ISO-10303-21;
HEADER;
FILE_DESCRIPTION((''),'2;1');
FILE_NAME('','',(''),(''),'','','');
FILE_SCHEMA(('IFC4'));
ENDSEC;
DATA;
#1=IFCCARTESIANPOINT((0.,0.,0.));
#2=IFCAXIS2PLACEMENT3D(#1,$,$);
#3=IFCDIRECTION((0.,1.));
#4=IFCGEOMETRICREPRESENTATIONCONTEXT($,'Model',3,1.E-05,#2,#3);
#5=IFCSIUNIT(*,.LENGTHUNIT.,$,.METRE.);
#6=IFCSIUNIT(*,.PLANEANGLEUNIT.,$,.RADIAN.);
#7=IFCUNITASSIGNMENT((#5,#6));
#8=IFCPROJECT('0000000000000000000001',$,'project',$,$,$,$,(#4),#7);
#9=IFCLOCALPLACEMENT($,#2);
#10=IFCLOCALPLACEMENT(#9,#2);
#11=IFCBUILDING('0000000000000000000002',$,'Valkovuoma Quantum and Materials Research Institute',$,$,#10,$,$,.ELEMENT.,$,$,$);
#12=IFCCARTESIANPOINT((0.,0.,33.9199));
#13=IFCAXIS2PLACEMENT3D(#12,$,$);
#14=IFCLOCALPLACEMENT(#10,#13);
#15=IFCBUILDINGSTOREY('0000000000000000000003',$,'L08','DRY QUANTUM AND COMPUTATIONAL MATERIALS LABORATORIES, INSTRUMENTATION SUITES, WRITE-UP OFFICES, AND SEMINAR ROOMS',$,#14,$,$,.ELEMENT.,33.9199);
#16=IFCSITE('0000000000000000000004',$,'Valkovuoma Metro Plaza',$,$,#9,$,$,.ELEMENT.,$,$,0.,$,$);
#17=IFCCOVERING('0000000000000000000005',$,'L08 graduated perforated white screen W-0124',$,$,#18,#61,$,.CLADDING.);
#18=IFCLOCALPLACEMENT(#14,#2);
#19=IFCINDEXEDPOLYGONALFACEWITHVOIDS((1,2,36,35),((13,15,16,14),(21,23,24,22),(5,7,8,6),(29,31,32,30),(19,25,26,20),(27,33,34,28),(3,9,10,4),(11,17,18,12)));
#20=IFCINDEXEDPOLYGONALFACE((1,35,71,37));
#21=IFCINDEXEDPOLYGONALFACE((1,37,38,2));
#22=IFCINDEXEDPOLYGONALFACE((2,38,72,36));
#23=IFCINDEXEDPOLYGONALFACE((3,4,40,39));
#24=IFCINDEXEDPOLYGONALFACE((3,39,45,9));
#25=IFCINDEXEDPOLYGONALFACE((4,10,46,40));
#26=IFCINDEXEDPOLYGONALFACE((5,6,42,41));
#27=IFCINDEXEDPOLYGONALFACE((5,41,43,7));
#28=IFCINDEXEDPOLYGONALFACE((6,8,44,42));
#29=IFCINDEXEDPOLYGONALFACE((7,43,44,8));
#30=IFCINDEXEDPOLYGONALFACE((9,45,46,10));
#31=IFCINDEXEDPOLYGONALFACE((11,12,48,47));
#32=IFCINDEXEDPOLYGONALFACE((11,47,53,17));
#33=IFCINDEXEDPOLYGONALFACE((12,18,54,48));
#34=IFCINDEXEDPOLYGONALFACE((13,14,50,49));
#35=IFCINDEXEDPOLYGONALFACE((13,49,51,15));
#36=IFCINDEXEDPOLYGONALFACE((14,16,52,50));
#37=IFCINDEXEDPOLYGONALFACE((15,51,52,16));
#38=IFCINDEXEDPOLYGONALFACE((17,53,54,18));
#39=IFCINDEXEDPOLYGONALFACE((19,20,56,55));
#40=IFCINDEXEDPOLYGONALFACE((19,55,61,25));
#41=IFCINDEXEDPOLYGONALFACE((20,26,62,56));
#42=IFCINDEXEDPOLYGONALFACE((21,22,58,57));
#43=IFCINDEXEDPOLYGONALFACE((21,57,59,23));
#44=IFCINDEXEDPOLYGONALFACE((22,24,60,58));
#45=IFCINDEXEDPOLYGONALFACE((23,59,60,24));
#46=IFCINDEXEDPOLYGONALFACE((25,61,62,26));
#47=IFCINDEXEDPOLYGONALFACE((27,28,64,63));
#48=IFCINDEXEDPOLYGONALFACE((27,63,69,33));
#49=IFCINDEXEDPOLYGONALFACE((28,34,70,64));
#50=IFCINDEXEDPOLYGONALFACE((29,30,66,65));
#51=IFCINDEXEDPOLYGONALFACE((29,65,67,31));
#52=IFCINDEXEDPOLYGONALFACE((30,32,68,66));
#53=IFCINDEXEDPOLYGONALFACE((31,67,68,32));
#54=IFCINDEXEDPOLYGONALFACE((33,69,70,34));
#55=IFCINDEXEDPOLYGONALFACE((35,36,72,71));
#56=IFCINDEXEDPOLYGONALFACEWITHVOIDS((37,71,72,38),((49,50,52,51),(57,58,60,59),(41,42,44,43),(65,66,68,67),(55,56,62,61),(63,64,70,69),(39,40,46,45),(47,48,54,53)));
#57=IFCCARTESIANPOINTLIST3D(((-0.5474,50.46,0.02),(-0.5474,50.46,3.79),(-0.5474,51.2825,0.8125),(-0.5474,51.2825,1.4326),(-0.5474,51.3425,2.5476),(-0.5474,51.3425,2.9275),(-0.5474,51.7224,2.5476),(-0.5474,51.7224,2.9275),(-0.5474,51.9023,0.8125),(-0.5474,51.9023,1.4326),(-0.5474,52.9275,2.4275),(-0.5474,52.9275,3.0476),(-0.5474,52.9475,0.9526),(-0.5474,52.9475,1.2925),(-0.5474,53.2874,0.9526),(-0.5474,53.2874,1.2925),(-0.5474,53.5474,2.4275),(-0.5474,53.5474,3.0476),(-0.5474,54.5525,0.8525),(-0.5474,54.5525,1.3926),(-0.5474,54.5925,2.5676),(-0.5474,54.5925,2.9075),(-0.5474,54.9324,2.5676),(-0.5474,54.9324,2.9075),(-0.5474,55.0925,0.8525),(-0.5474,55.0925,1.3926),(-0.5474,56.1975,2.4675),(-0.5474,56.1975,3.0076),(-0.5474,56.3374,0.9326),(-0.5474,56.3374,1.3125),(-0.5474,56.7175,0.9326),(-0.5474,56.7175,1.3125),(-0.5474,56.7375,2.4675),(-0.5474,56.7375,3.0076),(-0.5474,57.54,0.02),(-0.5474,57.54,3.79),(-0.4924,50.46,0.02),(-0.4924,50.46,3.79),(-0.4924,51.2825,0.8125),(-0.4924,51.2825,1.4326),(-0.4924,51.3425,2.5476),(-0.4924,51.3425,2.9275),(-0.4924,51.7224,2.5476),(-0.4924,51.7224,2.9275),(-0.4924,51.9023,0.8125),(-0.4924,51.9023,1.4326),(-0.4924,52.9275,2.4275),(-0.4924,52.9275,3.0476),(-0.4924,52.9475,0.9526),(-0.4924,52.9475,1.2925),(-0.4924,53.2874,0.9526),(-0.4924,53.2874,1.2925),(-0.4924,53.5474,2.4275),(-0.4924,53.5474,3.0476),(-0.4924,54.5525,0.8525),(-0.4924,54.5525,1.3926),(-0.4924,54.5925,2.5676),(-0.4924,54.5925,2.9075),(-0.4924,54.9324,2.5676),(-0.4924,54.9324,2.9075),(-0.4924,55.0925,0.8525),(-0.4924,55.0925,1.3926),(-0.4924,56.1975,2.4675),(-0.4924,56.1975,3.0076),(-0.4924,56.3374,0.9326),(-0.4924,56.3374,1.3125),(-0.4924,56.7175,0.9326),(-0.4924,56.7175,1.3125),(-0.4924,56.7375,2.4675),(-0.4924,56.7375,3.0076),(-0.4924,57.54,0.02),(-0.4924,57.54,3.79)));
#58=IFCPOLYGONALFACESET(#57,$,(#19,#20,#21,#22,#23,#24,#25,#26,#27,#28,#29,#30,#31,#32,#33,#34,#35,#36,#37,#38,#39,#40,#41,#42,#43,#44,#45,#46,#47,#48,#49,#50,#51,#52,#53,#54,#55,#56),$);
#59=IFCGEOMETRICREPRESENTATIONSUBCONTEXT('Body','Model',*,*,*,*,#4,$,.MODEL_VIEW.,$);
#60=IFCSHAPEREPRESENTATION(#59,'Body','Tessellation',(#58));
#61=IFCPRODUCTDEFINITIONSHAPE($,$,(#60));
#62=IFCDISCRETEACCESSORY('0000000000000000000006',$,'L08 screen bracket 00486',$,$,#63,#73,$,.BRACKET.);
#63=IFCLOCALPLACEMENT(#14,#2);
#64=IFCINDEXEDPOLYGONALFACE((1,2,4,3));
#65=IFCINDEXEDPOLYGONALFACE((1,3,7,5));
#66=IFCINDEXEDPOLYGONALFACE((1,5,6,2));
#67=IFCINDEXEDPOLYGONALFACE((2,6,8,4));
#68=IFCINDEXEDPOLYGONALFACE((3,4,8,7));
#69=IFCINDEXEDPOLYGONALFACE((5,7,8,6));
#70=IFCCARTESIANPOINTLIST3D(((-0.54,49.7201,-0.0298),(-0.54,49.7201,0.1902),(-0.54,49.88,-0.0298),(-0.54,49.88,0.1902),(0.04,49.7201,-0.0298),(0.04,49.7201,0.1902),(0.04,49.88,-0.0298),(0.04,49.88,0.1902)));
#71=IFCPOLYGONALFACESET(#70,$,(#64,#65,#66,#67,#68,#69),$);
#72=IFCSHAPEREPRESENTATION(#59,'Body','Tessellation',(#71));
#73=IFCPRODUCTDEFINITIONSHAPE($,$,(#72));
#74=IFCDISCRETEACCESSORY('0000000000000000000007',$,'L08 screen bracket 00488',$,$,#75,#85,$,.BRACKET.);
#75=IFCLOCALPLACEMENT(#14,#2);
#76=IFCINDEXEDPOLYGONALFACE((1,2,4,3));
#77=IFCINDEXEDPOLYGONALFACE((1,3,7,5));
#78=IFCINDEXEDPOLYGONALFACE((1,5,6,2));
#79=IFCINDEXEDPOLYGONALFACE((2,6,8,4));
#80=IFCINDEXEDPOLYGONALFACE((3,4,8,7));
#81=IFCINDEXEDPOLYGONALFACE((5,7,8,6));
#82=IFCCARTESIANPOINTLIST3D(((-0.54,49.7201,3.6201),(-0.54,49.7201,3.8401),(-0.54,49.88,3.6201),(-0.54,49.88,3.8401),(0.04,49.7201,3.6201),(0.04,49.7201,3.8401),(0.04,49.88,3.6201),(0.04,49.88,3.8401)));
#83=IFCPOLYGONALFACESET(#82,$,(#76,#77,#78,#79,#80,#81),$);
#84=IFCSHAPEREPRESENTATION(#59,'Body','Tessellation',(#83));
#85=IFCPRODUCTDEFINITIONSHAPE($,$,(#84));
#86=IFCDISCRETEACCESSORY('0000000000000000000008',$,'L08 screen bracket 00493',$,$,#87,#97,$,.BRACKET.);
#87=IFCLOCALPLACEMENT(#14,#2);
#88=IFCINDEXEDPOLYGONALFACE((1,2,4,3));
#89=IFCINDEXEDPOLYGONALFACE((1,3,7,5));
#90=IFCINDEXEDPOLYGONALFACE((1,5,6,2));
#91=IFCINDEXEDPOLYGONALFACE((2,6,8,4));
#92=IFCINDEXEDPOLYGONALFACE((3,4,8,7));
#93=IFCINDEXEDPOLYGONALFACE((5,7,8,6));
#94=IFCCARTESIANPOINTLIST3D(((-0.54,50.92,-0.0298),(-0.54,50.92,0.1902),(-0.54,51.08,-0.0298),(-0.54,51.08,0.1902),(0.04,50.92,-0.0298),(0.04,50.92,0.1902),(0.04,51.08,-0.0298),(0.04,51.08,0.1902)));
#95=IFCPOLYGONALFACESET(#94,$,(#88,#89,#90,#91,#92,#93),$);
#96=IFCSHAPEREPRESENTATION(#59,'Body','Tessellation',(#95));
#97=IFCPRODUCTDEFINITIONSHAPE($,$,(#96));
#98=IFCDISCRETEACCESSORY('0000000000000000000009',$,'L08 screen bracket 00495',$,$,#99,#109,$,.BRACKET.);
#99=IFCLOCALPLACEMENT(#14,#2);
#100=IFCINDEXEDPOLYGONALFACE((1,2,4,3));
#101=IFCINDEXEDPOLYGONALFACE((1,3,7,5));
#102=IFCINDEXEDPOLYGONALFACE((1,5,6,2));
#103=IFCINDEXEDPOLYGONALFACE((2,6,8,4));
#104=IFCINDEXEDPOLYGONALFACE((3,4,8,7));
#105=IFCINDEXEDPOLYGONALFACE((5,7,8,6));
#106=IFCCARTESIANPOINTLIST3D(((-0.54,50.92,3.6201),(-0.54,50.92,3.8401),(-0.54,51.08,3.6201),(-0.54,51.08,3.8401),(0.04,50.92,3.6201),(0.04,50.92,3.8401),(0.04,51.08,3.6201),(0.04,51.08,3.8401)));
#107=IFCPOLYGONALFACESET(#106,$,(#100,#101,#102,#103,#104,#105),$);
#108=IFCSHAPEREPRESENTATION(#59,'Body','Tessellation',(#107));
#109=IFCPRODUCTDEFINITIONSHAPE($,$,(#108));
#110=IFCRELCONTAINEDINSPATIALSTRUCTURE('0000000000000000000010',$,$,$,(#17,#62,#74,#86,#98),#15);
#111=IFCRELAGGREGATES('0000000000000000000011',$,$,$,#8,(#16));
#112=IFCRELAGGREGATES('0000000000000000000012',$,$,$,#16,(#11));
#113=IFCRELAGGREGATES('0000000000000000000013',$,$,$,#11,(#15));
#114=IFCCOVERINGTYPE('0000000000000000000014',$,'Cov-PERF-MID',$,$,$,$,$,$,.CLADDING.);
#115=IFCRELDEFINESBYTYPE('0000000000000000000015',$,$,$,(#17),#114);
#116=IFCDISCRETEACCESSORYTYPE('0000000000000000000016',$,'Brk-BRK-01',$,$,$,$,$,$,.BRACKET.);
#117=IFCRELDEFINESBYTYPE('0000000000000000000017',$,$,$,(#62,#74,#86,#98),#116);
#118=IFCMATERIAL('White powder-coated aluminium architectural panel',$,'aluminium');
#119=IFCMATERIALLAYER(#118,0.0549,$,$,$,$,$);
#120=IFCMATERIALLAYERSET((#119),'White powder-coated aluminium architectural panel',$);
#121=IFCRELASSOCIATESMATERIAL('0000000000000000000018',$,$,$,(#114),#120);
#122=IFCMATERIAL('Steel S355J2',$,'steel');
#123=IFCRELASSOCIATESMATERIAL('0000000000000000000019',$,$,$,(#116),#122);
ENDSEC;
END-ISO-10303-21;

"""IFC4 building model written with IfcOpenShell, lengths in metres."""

from ifc_helpers import new_model, si_unit, direction, frame, origin, origin_2d, place, context, subcontext, project, spatial, polyline, rectangle, outline, extrude, material, layer, layer_set, type_object, element, save


model = new_model("IFC4")

# Units and contexts
model_context = context("Model", 3, precision=1e-05, world=origin(), true_north=direction((0.0, 1.0)))
body_context = subcontext(model_context, "Body", "Model", "MODEL_VIEW")
ifc_project = project(units=[si_unit("LENGTHUNIT", "METRE"), si_unit("PLANEANGLEUNIT", "RADIAN")], contexts=[model_context])

# Site, building, storey
site_placement = place(None, origin())
site = spatial("IfcSite", under=ifc_project, at=site_placement, Name="Valkovuoma Metro Plaza", CompositionType="ELEMENT", RefElevation=0.0)
building_placement = place(site_placement, origin())
building = spatial("IfcBuilding", under=site, at=building_placement, Name="Valkovuoma Quantum and Materials Research Institute", CompositionType="ELEMENT")
storey_placement = place(building_placement, frame((0.0, 0.0, 33.9199)))
storey = spatial("IfcBuildingStorey", under=building, at=storey_placement, Name="L08", Description="DRY QUANTUM AND COMPUTATIONAL MATERIALS LABORATORIES, INSTRUMENTATION SUITES, WRITE-UP OFFICES, AND SEMINAR ROOMS", CompositionType="ELEMENT", Elevation=33.9199)

# Covering
ifc_material_1 = material(Name="White powder-coated aluminium architectural panel", Category="aluminium")
ifc_layer_1 = layer(ifc_material_1, 0.0549)
ifc_layer_set_1 = layer_set([ifc_layer_1], Name="White powder-coated aluminium architectural panel")
covering_type = type_object("IfcCoveringType", Name="Cov-PERF-MID", PredefinedType="CLADDING", material=ifc_layer_set_1)
covering_placement = place(storey_placement, frame((-0.52, 50.46, 0.02), z_axis=(0.0, 0.0, 1.0), x_axis=(0.0, 1.0, 0.0)))
element("IfcCovering", 1, at=covering_placement, inside=storey, type_object=covering_type, Name="L08 graduated perforated white screen W-0124", PredefinedType="CLADDING", context=body_context, shape_type="SweptSolid", body=[
    extrude(outline(polyline([(0.0, 0.0), (7.0801, 0.0), (7.0801, 3.77), (0.0, 3.77), (0.0, 0.0)]), holes=[polyline([(0.8225, 0.7925), (0.8225, 1.4126), (1.4424, 1.4126), (1.4424, 0.7925), (0.8225, 0.7925)]), polyline([(0.8826, 2.5276), (0.8826, 2.9075), (1.2625, 2.9075), (1.2625, 2.5276), (0.8826, 2.5276)]), polyline([(2.4875, 0.9326), (2.4875, 1.2725), (2.8274, 1.2725), (2.8274, 0.9326), (2.4875, 0.9326)]), polyline([(2.4675, 2.4075), (2.4675, 3.0276), (3.0874, 3.0276), (3.0874, 2.4075), (2.4675, 2.4075)]), polyline([(4.0925, 0.8325), (4.0925, 1.3726), (4.6326, 1.3726), (4.6326, 0.8325), (4.0925, 0.8325)]), polyline([(4.1326, 2.5476), (4.1326, 2.8875), (4.4724, 2.8875), (4.4724, 2.5476), (4.1326, 2.5476)]), polyline([(5.8774, 0.9126), (5.8774, 1.2925), (6.2576, 1.2925), (6.2576, 0.9126), (5.8774, 0.9126)]), polyline([(5.7375, 2.4475), (5.7375, 2.9875), (6.2776, 2.9875), (6.2776, 2.4475), (5.7375, 2.4475)])]), frame((0.0, 0.0273, 0.0), z_axis=(0.0, -1.0, 0.0), x_axis=(1.0, 0.0, 0.0)), (0.0, 0.0, 1.0), 0.0549),
])

# Discrete accessories
ifc_material_2 = material(Name="Steel S355J2", Category="steel")
discrete_accessory_type = type_object("IfcDiscreteAccessoryType", Name="Brk-BRK-01", PredefinedType="BRACKET", material=ifc_material_2)
for number, where, z_axis, x_axis, name in (
    (2, (-0.25, 49.8, -0.0298), (0.0, 0.0, 1.0), (1.0, 0.0, 0.0), "L08 screen bracket 00486"),
    (3, (-0.25, 49.8, 3.6201), (0.0, 0.0, 1.0), (1.0, 0.0, 0.0), "L08 screen bracket 00488"),
    (4, (-0.25, 51.0, -0.0298), (0.0, 0.0, 1.0), (1.0, 0.0, 0.0), "L08 screen bracket 00493"),
    (5, (-0.25, 51.0, 3.6201), (0.0, 0.0, 1.0), (1.0, 0.0, 0.0), "L08 screen bracket 00495"),
):
    element("IfcDiscreteAccessory", number, at=place(storey_placement, frame(where, z_axis=z_axis, x_axis=x_axis)), inside=storey, type_object=discrete_accessory_type, Name=name, PredefinedType="BRACKET", context=body_context, shape_type="SweptSolid", body=[
        extrude(rectangle(XDim=0.5801, YDim=0.1599, at=origin_2d()), origin(), (0.0, 0.0, 1.0), 0.22),
    ])

save(model, "model.ifc")
